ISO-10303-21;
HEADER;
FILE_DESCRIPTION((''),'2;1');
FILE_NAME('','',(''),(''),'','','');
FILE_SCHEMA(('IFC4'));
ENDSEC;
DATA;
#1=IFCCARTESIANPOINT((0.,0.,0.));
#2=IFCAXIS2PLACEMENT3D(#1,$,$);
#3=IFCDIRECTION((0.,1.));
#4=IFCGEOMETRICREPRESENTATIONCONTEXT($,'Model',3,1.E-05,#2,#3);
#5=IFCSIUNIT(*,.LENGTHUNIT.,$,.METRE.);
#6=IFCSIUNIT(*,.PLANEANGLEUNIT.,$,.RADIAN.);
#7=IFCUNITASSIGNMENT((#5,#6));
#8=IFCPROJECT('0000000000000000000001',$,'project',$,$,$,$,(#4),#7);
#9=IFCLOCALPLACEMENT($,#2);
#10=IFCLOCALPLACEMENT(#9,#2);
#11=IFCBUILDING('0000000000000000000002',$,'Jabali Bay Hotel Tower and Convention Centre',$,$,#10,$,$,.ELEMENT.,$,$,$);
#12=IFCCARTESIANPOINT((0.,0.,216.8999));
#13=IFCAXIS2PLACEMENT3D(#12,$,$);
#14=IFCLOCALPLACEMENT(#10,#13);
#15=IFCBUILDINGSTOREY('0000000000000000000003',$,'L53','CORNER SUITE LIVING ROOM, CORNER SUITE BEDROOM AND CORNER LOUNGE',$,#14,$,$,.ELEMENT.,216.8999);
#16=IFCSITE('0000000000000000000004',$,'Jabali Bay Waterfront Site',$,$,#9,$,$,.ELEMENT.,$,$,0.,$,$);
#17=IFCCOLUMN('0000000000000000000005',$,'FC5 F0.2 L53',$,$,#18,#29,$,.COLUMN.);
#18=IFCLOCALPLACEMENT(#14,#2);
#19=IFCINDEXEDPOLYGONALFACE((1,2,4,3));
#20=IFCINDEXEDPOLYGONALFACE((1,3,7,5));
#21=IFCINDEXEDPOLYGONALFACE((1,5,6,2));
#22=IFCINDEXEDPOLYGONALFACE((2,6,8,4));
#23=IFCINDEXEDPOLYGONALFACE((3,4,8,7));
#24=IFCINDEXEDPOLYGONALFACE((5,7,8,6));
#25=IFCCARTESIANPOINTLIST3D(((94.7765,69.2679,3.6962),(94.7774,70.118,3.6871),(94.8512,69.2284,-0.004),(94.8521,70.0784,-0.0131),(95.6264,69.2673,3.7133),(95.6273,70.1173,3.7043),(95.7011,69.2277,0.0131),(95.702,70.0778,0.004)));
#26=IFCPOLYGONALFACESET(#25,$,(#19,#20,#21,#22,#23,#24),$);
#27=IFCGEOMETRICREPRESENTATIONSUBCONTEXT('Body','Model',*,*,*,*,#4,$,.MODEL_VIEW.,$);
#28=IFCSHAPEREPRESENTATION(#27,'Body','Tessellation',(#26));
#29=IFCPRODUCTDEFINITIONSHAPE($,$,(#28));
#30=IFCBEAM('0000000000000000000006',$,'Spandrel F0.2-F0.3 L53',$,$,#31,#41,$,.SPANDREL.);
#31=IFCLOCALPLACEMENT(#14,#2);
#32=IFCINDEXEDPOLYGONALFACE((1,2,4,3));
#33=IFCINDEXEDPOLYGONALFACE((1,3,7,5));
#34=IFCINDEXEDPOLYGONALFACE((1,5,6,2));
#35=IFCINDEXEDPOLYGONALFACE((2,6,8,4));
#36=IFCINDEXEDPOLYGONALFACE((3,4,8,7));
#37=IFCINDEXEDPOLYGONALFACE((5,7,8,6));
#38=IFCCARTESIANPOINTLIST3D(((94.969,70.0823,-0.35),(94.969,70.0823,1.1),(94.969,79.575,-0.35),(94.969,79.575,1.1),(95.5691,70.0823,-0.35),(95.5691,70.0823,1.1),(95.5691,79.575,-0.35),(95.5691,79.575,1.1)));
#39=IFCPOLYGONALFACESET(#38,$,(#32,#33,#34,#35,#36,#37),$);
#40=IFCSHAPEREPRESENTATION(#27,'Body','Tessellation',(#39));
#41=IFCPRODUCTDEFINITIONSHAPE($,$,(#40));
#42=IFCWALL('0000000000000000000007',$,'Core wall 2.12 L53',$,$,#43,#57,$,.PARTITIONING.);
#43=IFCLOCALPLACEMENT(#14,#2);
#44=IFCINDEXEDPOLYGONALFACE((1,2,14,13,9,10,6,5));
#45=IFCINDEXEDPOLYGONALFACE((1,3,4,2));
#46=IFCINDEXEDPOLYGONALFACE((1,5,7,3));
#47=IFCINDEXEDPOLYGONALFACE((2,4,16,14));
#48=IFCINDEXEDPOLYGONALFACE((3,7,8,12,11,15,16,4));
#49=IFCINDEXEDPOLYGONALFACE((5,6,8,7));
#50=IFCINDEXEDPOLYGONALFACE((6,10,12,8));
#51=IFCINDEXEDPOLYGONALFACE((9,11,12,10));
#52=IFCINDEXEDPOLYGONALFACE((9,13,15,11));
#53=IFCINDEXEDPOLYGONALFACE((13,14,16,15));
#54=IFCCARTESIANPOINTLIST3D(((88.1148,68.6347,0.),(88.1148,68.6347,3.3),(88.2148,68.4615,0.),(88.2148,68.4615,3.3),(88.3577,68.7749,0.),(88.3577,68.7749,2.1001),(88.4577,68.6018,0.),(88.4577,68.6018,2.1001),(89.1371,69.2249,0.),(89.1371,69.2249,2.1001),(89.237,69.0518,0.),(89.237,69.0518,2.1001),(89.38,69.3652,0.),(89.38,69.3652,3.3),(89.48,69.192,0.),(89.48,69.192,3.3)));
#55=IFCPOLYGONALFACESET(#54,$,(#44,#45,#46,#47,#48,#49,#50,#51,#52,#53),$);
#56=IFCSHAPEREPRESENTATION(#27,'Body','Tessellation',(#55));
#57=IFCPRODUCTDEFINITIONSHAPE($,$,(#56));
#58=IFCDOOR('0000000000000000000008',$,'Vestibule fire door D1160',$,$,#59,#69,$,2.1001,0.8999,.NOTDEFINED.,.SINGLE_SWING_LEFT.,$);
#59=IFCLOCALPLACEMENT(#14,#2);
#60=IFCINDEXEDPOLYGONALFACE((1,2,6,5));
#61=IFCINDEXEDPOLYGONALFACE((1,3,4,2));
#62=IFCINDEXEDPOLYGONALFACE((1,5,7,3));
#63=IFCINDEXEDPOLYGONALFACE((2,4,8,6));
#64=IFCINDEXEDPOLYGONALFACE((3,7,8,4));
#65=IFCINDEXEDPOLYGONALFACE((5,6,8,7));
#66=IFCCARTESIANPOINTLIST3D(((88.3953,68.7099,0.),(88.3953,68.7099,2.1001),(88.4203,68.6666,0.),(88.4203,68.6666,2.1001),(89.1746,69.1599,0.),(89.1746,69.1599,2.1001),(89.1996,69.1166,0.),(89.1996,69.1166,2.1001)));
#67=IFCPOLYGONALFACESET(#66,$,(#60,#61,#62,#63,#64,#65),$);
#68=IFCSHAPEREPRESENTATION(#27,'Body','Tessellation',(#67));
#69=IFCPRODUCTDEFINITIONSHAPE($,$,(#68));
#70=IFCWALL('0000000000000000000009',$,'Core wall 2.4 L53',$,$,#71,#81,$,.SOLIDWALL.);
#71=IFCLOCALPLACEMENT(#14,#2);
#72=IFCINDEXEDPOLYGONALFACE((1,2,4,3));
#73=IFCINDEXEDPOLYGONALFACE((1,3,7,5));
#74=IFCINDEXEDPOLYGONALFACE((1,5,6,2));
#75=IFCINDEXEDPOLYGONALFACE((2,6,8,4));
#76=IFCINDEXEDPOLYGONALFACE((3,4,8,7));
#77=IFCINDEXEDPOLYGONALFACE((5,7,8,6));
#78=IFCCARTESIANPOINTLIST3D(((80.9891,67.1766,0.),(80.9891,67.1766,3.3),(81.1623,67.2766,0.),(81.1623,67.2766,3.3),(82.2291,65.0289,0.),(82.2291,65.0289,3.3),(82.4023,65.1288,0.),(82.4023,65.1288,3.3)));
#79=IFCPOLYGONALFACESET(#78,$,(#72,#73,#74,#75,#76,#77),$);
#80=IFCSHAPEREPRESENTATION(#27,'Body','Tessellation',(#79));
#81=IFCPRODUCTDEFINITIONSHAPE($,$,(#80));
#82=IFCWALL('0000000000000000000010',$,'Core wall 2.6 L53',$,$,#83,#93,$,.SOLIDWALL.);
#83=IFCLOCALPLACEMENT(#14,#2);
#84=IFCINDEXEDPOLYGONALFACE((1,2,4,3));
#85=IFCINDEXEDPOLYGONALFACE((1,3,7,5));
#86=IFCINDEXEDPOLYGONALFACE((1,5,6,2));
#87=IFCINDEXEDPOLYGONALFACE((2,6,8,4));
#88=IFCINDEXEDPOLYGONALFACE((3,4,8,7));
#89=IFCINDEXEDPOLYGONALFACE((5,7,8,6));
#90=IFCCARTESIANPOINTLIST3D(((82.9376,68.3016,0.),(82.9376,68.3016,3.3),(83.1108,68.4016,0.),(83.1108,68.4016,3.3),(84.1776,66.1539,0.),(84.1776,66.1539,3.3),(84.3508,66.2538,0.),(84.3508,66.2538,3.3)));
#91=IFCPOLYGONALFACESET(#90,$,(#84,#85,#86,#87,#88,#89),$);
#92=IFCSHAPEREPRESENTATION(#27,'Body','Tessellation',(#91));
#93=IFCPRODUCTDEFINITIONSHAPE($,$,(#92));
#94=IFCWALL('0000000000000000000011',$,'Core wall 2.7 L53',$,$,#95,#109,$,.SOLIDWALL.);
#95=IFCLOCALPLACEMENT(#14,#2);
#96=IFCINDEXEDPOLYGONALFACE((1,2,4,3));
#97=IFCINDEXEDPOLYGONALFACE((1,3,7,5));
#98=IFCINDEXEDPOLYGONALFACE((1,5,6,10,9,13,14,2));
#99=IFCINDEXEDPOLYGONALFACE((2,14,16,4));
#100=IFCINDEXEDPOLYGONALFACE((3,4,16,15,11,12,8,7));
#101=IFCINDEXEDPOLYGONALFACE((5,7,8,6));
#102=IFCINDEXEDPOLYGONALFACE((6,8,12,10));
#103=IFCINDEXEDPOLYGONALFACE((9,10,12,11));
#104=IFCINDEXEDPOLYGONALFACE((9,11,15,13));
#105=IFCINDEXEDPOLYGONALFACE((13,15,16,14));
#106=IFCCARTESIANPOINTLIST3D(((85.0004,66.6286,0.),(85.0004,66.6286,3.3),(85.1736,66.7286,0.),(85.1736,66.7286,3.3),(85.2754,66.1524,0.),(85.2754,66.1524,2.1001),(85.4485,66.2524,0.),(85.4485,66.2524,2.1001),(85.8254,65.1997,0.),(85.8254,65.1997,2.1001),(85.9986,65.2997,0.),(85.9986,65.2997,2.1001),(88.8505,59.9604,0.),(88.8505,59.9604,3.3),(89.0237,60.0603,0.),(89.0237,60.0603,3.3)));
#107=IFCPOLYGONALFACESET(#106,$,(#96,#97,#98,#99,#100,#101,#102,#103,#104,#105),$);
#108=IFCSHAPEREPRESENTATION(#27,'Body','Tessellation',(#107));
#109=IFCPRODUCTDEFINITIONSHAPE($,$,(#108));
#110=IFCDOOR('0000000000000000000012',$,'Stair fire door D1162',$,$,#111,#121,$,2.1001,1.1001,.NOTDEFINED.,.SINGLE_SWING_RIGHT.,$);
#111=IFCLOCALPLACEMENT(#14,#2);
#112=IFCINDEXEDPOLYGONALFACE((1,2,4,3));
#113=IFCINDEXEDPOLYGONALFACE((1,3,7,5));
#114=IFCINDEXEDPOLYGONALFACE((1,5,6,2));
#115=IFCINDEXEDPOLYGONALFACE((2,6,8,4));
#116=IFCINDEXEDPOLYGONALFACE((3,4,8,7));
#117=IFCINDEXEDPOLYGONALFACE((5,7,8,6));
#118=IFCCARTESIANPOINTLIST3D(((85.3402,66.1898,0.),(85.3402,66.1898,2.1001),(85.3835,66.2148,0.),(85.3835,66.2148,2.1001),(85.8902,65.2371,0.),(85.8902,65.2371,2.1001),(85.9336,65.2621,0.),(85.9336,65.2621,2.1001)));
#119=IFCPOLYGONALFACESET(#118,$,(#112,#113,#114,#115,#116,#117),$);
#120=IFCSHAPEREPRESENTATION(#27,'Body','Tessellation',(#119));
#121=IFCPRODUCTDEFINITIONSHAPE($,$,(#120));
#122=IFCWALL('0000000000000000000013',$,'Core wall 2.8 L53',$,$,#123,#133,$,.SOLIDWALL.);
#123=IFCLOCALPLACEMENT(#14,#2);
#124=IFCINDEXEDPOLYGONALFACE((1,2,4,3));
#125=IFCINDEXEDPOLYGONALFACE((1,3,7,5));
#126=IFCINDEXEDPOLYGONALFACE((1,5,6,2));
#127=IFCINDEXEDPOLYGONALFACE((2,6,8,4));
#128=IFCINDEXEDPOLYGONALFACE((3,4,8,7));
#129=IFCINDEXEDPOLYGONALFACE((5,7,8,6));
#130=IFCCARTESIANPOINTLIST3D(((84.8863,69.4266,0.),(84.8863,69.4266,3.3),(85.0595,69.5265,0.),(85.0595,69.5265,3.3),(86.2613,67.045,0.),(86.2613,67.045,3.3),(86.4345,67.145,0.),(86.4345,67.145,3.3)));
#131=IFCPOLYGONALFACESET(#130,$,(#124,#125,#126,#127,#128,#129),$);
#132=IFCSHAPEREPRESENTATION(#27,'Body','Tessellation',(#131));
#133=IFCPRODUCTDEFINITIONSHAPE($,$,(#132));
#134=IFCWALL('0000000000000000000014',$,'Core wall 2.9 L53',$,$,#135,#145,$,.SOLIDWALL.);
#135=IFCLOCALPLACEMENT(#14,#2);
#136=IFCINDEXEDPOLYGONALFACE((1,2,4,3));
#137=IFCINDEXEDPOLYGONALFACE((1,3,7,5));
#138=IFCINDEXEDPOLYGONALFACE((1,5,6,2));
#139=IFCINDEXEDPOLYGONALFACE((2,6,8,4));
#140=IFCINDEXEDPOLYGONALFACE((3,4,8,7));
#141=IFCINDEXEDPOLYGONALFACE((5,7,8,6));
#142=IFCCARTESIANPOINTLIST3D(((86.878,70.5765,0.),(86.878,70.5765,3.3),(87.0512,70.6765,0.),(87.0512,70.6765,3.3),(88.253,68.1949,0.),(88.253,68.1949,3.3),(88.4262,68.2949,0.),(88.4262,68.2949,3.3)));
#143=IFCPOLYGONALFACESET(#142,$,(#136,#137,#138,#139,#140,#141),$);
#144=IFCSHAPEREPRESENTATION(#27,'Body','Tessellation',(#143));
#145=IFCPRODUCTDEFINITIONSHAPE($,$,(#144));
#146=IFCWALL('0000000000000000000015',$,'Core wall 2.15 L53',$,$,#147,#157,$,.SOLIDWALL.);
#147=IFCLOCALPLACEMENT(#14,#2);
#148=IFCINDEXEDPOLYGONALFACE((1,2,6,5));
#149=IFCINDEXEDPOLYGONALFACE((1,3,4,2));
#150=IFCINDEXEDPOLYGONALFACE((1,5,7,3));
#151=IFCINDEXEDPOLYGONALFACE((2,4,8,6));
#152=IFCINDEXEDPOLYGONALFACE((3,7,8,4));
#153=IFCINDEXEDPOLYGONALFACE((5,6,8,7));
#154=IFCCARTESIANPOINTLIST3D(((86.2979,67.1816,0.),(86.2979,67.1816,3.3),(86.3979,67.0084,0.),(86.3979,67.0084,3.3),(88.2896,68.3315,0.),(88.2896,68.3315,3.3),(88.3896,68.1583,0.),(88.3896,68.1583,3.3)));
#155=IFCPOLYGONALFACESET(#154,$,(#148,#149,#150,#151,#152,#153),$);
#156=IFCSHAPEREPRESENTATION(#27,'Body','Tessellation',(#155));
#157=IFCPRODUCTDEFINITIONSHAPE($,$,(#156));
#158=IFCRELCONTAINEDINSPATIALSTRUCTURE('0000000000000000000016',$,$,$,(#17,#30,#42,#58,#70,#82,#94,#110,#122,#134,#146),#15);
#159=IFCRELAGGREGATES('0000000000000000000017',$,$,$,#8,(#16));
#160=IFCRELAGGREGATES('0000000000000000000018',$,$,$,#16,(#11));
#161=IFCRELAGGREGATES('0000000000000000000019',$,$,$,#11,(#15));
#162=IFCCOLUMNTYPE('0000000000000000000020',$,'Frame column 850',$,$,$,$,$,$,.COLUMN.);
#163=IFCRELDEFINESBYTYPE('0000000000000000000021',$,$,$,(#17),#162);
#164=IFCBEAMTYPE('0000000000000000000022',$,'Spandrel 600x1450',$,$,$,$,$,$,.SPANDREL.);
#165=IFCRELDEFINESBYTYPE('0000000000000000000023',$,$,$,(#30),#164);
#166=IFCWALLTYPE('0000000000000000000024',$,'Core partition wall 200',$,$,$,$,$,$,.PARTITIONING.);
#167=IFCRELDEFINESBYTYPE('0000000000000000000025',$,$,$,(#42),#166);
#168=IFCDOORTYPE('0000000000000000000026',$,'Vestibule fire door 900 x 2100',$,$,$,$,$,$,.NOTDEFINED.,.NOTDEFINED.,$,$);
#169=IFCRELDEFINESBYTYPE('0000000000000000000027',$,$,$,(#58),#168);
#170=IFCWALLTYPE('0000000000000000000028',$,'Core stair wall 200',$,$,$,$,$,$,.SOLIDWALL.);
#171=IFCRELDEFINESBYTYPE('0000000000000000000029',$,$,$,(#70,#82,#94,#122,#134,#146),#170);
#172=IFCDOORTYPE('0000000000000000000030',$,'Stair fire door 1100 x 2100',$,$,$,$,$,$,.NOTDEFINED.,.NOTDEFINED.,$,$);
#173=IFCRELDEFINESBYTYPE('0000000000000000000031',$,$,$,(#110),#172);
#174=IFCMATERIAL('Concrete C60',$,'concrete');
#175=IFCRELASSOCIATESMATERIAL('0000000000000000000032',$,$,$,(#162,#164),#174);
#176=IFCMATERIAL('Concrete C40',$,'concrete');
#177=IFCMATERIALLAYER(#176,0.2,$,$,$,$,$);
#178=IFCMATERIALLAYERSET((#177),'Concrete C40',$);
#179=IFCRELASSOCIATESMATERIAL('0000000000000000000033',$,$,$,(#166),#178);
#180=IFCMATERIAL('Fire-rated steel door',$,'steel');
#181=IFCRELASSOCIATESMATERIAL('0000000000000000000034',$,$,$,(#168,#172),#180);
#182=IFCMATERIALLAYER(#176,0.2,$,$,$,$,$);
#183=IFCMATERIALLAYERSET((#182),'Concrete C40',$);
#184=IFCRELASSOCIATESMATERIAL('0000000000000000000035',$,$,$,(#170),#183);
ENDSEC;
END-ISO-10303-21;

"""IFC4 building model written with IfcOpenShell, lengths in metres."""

from ifc_helpers import new_model, si_unit, direction, frame, frame_2d, origin, origin_2d, place, context, subcontext, project, spatial, rectangle, extrude, material, layer, layer_set, material_profile, profile_set, type_object, element, fill, save


model = new_model("IFC4")

# Units and contexts
model_context = context("Model", 3, precision=1e-05, world=origin(), true_north=direction((0.0, 1.0)))
body_context = subcontext(model_context, "Body", "Model", "MODEL_VIEW")
ifc_project = project(units=[si_unit("LENGTHUNIT", "METRE"), si_unit("PLANEANGLEUNIT", "RADIAN")], contexts=[model_context])

# Site, building, storey
site_placement = place(None, origin())
site = spatial("IfcSite", under=ifc_project, at=site_placement, Name="Jabali Bay Waterfront Site", CompositionType="ELEMENT", RefElevation=0.0)
building_placement = place(site_placement, origin())
building = spatial("IfcBuilding", under=site, at=building_placement, Name="Jabali Bay Hotel Tower and Convention Centre", CompositionType="ELEMENT")
storey_placement = place(building_placement, frame((0.0, 0.0, 216.8999)))
storey = spatial("IfcBuildingStorey", under=building, at=storey_placement, Name="L53", Description="CORNER SUITE LIVING ROOM, CORNER SUITE BEDROOM AND CORNER LOUNGE", CompositionType="ELEMENT", Elevation=216.8999)

# Column
ifc_material_1 = material(Name="Concrete C60", Category="concrete")
ifc_material_profile_1 = material_profile(ifc_material_1, rectangle(XDim=0.8501, YDim=0.8501, at=origin_2d()), Name="Frame column 850")
ifc_profile_set_1 = profile_set([ifc_material_profile_1], Name="Concrete C60")
column_type = type_object("IfcColumnType", Name="Frame column 850", PredefinedType="COLUMN", material=ifc_profile_set_1)
column_placement = place(storey_placement, frame((95.2766, 69.6531, 0.0), z_axis=(-0.020185, 0.010686, 0.999739), x_axis=(-0.001013, -0.999943, 0.010668)))
element("IfcColumn", 1, at=column_placement, inside=storey, type_object=column_type, Name="FC5 F0.2 L53", PredefinedType="COLUMN", context=body_context, shape_type="SweptSolid", body=[
    extrude(rectangle(XDim=0.8501, YDim=0.8501, at=origin_2d()), origin(), (0.0, 0.0, 1.0), 3.7012),
])

# Beam
ifc_material_profile_2 = material_profile(ifc_material_1, rectangle(XDim=0.6001, YDim=1.45, at=origin_2d()), Name="Spandrel 600x1450")
ifc_profile_set_2 = profile_set([ifc_material_profile_2], Name="Concrete C60")
beam_type = type_object("IfcBeamType", Name="Spandrel 600x1450", PredefinedType="SPANDREL", material=ifc_profile_set_2)
beam_placement = place(storey_placement, frame((95.269, 70.0823, 0.375), z_axis=(0.0, 1.0, 0.0), x_axis=(-1.0, 0.0, 0.0)))
element("IfcBeam", 2, at=beam_placement, inside=storey, type_object=beam_type, Name="Spandrel F0.2-F0.3 L53", PredefinedType="SPANDREL", context=body_context, shape_type="SweptSolid", body=[
    extrude(rectangle(XDim=0.6001, YDim=1.45, at=origin_2d()), origin(), (0.0, 0.0, 1.0), 9.4927),
])

# Wall, opening, door
ifc_material_2 = material(Name="Concrete C40", Category="concrete")
ifc_layer_1 = layer(ifc_material_2, 0.2)
ifc_layer_set_1 = layer_set([ifc_layer_1], Name="Concrete C40")
wall_type_1 = type_object("IfcWallType", Name="Core partition wall 200", PredefinedType="PARTITIONING", material=ifc_layer_set_1)
wall_1_placement = place(storey_placement, frame((88.1648, 68.5481, 0.0), z_axis=(0.0, 0.0, 1.0), x_axis=(0.866013, 0.500021, 0.0)))
wall_1 = element("IfcWall", 3, at=wall_1_placement, inside=storey, type_object=wall_type_1, Name="Core wall 2.12 L53", PredefinedType="PARTITIONING", context=body_context, shape_type="SweptSolid", body=[
    extrude(rectangle(XDim=1.4609, YDim=0.2, at=frame_2d((0.7305, 0.0))), origin(), (0.0, 0.0, 1.0), 3.3),
])
opening_1_placement = place(wall_1_placement, frame((0.2805, 0.0, 0.0)))
opening_1 = element("IfcOpeningElement", 4, at=opening_1_placement, cuts=wall_1, PredefinedType="OPENING", context=body_context, shape_type="SweptSolid", body=[
    extrude(rectangle(XDim=0.8999, YDim=2.1001, at=frame_2d((0.45, 1.05))), frame((0.0, 0.1104, 0.0), z_axis=(0.0, -1.0, 0.0), x_axis=(1.0, 0.0, 0.0)), (0.0, 0.0, 1.0), 0.2209),
])
ifc_material_3 = material(Name="Fire-rated steel door", Category="steel")
door_type_1 = type_object("IfcDoorType", Name="Vestibule fire door 900 x 2100", OperationType="NOTDEFINED", PredefinedType="NOTDEFINED", material=ifc_material_3)
door_1_placement = place(opening_1_placement, origin())
door_1 = element("IfcDoor", 5, at=door_1_placement, inside=storey, type_object=door_type_1, Name="Vestibule fire door D1160", OperationType="SINGLE_SWING_LEFT", OverallHeight=2.1001, OverallWidth=0.8999, PredefinedType="NOTDEFINED", context=body_context, shape_type="SweptSolid", body=[
    extrude(rectangle(XDim=0.8999, YDim=2.1001, at=frame_2d((0.45, 1.05))), frame((0.0, 0.0249, 0.0), z_axis=(0.0, -1.0, 0.0), x_axis=(1.0, 0.0, 0.0)), (0.0, 0.0, 1.0), 0.05),
])
fill(opening_1, door_1)

# Walls
ifc_layer_2 = layer(ifc_material_2, 0.2)
ifc_layer_set_2 = layer_set([ifc_layer_2], Name="Concrete C40")
wall_type_2 = type_object("IfcWallType", Name="Core stair wall 200", PredefinedType="SOLIDWALL", material=ifc_layer_set_2)
for number, where, z_axis, x_axis, name in (
    (6, (81.0757, 67.2266, 0.0), (0.0, 0.0, 1.0), (0.500004, -0.866023, 0.0), "Core wall 2.4 L53"),
    (7, (83.0242, 68.3516, 0.0), (0.0, 0.0, 1.0), (0.500004, -0.866023, 0.0), "Core wall 2.6 L53"),
):
    element("IfcWall", number, at=place(storey_placement, frame(where, z_axis=z_axis, x_axis=x_axis)), inside=storey, type_object=wall_type_2, Name=name, PredefinedType="SOLIDWALL", context=body_context, shape_type="SweptSolid", body=[
        extrude(rectangle(XDim=2.48, YDim=0.2, at=frame_2d((1.24, 0.0))), origin(), (0.0, 0.0, 1.0), 3.3),
    ])

# Wall, opening, door
wall_2_placement = place(storey_placement, frame((85.0869, 66.6787, 0.0), z_axis=(0.0, 0.0, 1.0), x_axis=(0.50002, -0.866014, 0.0)))
wall_2 = element("IfcWall", 8, at=wall_2_placement, inside=storey, type_object=wall_type_2, Name="Core wall 2.7 L53", PredefinedType="SOLIDWALL", context=body_context, shape_type="SweptSolid", body=[
    extrude(rectangle(XDim=7.7, YDim=0.2, at=frame_2d((3.8501, 0.0))), origin(), (0.0, 0.0, 1.0), 3.3),
])
opening_2_placement = place(wall_2_placement, frame((0.55, 0.0, 0.0)))
opening_2 = element("IfcOpeningElement", 9, at=opening_2_placement, cuts=wall_2, PredefinedType="OPENING", context=body_context, shape_type="SweptSolid", body=[
    extrude(rectangle(XDim=1.1001, YDim=2.1001, at=frame_2d((0.55, 1.05))), frame((0.0, 0.1104, 0.0), z_axis=(0.0, -1.0, 0.0), x_axis=(1.0, 0.0, 0.0)), (0.0, 0.0, 1.0), 0.2209),
])
door_type_2 = type_object("IfcDoorType", Name="Stair fire door 1100 x 2100", OperationType="NOTDEFINED", PredefinedType="NOTDEFINED", material=ifc_material_3)
door_2_placement = place(opening_2_placement, origin())
door_2 = element("IfcDoor", 10, at=door_2_placement, inside=storey, type_object=door_type_2, Name="Stair fire door D1162", OperationType="SINGLE_SWING_RIGHT", OverallHeight=2.1001, OverallWidth=1.1001, PredefinedType="NOTDEFINED", context=body_context, shape_type="SweptSolid", body=[
    extrude(rectangle(XDim=1.1001, YDim=2.1001, at=frame_2d((0.55, 1.05))), frame((0.0, 0.0249, 0.0), z_axis=(0.0, -1.0, 0.0), x_axis=(1.0, 0.0, 0.0)), (0.0, 0.0, 1.0), 0.05),
])
fill(opening_2, door_2)

# Walls
for number, where, z_axis, x_axis, name in (
    (11, (84.9729, 69.4766, 0.0), (0.0, 0.0, 1.0), (0.499997, -0.866027, 0.0), "Core wall 2.8 L53"),
    (12, (86.9646, 70.6265, 0.0), (0.0, 0.0, 1.0), (0.499997, -0.866027, 0.0), "Core wall 2.9 L53"),
):
    element("IfcWall", number, at=place(storey_placement, frame(where, z_axis=z_axis, x_axis=x_axis)), inside=storey, type_object=wall_type_2, Name=name, PredefinedType="SOLIDWALL", context=body_context, shape_type="SweptSolid", body=[
        extrude(rectangle(XDim=2.75, YDim=0.2, at=frame_2d((1.375, 0.0))), origin(), (0.0, 0.0, 1.0), 3.3),
    ])
wall_3_placement = place(storey_placement, frame((86.3479, 67.095, 0.0), z_axis=(0.0, 0.0, 1.0), x_axis=(0.866026, 0.499998, 0.0)))
element("IfcWall", 13, at=wall_3_placement, inside=storey, type_object=wall_type_2, Name="Core wall 2.15 L53", PredefinedType="SOLIDWALL", context=body_context, shape_type="SweptSolid", body=[
    extrude(rectangle(XDim=2.2998, YDim=0.2, at=frame_2d((1.1499, 0.0))), origin(), (0.0, 0.0, 1.0), 3.3),
])

save(model, "model.ifc")
